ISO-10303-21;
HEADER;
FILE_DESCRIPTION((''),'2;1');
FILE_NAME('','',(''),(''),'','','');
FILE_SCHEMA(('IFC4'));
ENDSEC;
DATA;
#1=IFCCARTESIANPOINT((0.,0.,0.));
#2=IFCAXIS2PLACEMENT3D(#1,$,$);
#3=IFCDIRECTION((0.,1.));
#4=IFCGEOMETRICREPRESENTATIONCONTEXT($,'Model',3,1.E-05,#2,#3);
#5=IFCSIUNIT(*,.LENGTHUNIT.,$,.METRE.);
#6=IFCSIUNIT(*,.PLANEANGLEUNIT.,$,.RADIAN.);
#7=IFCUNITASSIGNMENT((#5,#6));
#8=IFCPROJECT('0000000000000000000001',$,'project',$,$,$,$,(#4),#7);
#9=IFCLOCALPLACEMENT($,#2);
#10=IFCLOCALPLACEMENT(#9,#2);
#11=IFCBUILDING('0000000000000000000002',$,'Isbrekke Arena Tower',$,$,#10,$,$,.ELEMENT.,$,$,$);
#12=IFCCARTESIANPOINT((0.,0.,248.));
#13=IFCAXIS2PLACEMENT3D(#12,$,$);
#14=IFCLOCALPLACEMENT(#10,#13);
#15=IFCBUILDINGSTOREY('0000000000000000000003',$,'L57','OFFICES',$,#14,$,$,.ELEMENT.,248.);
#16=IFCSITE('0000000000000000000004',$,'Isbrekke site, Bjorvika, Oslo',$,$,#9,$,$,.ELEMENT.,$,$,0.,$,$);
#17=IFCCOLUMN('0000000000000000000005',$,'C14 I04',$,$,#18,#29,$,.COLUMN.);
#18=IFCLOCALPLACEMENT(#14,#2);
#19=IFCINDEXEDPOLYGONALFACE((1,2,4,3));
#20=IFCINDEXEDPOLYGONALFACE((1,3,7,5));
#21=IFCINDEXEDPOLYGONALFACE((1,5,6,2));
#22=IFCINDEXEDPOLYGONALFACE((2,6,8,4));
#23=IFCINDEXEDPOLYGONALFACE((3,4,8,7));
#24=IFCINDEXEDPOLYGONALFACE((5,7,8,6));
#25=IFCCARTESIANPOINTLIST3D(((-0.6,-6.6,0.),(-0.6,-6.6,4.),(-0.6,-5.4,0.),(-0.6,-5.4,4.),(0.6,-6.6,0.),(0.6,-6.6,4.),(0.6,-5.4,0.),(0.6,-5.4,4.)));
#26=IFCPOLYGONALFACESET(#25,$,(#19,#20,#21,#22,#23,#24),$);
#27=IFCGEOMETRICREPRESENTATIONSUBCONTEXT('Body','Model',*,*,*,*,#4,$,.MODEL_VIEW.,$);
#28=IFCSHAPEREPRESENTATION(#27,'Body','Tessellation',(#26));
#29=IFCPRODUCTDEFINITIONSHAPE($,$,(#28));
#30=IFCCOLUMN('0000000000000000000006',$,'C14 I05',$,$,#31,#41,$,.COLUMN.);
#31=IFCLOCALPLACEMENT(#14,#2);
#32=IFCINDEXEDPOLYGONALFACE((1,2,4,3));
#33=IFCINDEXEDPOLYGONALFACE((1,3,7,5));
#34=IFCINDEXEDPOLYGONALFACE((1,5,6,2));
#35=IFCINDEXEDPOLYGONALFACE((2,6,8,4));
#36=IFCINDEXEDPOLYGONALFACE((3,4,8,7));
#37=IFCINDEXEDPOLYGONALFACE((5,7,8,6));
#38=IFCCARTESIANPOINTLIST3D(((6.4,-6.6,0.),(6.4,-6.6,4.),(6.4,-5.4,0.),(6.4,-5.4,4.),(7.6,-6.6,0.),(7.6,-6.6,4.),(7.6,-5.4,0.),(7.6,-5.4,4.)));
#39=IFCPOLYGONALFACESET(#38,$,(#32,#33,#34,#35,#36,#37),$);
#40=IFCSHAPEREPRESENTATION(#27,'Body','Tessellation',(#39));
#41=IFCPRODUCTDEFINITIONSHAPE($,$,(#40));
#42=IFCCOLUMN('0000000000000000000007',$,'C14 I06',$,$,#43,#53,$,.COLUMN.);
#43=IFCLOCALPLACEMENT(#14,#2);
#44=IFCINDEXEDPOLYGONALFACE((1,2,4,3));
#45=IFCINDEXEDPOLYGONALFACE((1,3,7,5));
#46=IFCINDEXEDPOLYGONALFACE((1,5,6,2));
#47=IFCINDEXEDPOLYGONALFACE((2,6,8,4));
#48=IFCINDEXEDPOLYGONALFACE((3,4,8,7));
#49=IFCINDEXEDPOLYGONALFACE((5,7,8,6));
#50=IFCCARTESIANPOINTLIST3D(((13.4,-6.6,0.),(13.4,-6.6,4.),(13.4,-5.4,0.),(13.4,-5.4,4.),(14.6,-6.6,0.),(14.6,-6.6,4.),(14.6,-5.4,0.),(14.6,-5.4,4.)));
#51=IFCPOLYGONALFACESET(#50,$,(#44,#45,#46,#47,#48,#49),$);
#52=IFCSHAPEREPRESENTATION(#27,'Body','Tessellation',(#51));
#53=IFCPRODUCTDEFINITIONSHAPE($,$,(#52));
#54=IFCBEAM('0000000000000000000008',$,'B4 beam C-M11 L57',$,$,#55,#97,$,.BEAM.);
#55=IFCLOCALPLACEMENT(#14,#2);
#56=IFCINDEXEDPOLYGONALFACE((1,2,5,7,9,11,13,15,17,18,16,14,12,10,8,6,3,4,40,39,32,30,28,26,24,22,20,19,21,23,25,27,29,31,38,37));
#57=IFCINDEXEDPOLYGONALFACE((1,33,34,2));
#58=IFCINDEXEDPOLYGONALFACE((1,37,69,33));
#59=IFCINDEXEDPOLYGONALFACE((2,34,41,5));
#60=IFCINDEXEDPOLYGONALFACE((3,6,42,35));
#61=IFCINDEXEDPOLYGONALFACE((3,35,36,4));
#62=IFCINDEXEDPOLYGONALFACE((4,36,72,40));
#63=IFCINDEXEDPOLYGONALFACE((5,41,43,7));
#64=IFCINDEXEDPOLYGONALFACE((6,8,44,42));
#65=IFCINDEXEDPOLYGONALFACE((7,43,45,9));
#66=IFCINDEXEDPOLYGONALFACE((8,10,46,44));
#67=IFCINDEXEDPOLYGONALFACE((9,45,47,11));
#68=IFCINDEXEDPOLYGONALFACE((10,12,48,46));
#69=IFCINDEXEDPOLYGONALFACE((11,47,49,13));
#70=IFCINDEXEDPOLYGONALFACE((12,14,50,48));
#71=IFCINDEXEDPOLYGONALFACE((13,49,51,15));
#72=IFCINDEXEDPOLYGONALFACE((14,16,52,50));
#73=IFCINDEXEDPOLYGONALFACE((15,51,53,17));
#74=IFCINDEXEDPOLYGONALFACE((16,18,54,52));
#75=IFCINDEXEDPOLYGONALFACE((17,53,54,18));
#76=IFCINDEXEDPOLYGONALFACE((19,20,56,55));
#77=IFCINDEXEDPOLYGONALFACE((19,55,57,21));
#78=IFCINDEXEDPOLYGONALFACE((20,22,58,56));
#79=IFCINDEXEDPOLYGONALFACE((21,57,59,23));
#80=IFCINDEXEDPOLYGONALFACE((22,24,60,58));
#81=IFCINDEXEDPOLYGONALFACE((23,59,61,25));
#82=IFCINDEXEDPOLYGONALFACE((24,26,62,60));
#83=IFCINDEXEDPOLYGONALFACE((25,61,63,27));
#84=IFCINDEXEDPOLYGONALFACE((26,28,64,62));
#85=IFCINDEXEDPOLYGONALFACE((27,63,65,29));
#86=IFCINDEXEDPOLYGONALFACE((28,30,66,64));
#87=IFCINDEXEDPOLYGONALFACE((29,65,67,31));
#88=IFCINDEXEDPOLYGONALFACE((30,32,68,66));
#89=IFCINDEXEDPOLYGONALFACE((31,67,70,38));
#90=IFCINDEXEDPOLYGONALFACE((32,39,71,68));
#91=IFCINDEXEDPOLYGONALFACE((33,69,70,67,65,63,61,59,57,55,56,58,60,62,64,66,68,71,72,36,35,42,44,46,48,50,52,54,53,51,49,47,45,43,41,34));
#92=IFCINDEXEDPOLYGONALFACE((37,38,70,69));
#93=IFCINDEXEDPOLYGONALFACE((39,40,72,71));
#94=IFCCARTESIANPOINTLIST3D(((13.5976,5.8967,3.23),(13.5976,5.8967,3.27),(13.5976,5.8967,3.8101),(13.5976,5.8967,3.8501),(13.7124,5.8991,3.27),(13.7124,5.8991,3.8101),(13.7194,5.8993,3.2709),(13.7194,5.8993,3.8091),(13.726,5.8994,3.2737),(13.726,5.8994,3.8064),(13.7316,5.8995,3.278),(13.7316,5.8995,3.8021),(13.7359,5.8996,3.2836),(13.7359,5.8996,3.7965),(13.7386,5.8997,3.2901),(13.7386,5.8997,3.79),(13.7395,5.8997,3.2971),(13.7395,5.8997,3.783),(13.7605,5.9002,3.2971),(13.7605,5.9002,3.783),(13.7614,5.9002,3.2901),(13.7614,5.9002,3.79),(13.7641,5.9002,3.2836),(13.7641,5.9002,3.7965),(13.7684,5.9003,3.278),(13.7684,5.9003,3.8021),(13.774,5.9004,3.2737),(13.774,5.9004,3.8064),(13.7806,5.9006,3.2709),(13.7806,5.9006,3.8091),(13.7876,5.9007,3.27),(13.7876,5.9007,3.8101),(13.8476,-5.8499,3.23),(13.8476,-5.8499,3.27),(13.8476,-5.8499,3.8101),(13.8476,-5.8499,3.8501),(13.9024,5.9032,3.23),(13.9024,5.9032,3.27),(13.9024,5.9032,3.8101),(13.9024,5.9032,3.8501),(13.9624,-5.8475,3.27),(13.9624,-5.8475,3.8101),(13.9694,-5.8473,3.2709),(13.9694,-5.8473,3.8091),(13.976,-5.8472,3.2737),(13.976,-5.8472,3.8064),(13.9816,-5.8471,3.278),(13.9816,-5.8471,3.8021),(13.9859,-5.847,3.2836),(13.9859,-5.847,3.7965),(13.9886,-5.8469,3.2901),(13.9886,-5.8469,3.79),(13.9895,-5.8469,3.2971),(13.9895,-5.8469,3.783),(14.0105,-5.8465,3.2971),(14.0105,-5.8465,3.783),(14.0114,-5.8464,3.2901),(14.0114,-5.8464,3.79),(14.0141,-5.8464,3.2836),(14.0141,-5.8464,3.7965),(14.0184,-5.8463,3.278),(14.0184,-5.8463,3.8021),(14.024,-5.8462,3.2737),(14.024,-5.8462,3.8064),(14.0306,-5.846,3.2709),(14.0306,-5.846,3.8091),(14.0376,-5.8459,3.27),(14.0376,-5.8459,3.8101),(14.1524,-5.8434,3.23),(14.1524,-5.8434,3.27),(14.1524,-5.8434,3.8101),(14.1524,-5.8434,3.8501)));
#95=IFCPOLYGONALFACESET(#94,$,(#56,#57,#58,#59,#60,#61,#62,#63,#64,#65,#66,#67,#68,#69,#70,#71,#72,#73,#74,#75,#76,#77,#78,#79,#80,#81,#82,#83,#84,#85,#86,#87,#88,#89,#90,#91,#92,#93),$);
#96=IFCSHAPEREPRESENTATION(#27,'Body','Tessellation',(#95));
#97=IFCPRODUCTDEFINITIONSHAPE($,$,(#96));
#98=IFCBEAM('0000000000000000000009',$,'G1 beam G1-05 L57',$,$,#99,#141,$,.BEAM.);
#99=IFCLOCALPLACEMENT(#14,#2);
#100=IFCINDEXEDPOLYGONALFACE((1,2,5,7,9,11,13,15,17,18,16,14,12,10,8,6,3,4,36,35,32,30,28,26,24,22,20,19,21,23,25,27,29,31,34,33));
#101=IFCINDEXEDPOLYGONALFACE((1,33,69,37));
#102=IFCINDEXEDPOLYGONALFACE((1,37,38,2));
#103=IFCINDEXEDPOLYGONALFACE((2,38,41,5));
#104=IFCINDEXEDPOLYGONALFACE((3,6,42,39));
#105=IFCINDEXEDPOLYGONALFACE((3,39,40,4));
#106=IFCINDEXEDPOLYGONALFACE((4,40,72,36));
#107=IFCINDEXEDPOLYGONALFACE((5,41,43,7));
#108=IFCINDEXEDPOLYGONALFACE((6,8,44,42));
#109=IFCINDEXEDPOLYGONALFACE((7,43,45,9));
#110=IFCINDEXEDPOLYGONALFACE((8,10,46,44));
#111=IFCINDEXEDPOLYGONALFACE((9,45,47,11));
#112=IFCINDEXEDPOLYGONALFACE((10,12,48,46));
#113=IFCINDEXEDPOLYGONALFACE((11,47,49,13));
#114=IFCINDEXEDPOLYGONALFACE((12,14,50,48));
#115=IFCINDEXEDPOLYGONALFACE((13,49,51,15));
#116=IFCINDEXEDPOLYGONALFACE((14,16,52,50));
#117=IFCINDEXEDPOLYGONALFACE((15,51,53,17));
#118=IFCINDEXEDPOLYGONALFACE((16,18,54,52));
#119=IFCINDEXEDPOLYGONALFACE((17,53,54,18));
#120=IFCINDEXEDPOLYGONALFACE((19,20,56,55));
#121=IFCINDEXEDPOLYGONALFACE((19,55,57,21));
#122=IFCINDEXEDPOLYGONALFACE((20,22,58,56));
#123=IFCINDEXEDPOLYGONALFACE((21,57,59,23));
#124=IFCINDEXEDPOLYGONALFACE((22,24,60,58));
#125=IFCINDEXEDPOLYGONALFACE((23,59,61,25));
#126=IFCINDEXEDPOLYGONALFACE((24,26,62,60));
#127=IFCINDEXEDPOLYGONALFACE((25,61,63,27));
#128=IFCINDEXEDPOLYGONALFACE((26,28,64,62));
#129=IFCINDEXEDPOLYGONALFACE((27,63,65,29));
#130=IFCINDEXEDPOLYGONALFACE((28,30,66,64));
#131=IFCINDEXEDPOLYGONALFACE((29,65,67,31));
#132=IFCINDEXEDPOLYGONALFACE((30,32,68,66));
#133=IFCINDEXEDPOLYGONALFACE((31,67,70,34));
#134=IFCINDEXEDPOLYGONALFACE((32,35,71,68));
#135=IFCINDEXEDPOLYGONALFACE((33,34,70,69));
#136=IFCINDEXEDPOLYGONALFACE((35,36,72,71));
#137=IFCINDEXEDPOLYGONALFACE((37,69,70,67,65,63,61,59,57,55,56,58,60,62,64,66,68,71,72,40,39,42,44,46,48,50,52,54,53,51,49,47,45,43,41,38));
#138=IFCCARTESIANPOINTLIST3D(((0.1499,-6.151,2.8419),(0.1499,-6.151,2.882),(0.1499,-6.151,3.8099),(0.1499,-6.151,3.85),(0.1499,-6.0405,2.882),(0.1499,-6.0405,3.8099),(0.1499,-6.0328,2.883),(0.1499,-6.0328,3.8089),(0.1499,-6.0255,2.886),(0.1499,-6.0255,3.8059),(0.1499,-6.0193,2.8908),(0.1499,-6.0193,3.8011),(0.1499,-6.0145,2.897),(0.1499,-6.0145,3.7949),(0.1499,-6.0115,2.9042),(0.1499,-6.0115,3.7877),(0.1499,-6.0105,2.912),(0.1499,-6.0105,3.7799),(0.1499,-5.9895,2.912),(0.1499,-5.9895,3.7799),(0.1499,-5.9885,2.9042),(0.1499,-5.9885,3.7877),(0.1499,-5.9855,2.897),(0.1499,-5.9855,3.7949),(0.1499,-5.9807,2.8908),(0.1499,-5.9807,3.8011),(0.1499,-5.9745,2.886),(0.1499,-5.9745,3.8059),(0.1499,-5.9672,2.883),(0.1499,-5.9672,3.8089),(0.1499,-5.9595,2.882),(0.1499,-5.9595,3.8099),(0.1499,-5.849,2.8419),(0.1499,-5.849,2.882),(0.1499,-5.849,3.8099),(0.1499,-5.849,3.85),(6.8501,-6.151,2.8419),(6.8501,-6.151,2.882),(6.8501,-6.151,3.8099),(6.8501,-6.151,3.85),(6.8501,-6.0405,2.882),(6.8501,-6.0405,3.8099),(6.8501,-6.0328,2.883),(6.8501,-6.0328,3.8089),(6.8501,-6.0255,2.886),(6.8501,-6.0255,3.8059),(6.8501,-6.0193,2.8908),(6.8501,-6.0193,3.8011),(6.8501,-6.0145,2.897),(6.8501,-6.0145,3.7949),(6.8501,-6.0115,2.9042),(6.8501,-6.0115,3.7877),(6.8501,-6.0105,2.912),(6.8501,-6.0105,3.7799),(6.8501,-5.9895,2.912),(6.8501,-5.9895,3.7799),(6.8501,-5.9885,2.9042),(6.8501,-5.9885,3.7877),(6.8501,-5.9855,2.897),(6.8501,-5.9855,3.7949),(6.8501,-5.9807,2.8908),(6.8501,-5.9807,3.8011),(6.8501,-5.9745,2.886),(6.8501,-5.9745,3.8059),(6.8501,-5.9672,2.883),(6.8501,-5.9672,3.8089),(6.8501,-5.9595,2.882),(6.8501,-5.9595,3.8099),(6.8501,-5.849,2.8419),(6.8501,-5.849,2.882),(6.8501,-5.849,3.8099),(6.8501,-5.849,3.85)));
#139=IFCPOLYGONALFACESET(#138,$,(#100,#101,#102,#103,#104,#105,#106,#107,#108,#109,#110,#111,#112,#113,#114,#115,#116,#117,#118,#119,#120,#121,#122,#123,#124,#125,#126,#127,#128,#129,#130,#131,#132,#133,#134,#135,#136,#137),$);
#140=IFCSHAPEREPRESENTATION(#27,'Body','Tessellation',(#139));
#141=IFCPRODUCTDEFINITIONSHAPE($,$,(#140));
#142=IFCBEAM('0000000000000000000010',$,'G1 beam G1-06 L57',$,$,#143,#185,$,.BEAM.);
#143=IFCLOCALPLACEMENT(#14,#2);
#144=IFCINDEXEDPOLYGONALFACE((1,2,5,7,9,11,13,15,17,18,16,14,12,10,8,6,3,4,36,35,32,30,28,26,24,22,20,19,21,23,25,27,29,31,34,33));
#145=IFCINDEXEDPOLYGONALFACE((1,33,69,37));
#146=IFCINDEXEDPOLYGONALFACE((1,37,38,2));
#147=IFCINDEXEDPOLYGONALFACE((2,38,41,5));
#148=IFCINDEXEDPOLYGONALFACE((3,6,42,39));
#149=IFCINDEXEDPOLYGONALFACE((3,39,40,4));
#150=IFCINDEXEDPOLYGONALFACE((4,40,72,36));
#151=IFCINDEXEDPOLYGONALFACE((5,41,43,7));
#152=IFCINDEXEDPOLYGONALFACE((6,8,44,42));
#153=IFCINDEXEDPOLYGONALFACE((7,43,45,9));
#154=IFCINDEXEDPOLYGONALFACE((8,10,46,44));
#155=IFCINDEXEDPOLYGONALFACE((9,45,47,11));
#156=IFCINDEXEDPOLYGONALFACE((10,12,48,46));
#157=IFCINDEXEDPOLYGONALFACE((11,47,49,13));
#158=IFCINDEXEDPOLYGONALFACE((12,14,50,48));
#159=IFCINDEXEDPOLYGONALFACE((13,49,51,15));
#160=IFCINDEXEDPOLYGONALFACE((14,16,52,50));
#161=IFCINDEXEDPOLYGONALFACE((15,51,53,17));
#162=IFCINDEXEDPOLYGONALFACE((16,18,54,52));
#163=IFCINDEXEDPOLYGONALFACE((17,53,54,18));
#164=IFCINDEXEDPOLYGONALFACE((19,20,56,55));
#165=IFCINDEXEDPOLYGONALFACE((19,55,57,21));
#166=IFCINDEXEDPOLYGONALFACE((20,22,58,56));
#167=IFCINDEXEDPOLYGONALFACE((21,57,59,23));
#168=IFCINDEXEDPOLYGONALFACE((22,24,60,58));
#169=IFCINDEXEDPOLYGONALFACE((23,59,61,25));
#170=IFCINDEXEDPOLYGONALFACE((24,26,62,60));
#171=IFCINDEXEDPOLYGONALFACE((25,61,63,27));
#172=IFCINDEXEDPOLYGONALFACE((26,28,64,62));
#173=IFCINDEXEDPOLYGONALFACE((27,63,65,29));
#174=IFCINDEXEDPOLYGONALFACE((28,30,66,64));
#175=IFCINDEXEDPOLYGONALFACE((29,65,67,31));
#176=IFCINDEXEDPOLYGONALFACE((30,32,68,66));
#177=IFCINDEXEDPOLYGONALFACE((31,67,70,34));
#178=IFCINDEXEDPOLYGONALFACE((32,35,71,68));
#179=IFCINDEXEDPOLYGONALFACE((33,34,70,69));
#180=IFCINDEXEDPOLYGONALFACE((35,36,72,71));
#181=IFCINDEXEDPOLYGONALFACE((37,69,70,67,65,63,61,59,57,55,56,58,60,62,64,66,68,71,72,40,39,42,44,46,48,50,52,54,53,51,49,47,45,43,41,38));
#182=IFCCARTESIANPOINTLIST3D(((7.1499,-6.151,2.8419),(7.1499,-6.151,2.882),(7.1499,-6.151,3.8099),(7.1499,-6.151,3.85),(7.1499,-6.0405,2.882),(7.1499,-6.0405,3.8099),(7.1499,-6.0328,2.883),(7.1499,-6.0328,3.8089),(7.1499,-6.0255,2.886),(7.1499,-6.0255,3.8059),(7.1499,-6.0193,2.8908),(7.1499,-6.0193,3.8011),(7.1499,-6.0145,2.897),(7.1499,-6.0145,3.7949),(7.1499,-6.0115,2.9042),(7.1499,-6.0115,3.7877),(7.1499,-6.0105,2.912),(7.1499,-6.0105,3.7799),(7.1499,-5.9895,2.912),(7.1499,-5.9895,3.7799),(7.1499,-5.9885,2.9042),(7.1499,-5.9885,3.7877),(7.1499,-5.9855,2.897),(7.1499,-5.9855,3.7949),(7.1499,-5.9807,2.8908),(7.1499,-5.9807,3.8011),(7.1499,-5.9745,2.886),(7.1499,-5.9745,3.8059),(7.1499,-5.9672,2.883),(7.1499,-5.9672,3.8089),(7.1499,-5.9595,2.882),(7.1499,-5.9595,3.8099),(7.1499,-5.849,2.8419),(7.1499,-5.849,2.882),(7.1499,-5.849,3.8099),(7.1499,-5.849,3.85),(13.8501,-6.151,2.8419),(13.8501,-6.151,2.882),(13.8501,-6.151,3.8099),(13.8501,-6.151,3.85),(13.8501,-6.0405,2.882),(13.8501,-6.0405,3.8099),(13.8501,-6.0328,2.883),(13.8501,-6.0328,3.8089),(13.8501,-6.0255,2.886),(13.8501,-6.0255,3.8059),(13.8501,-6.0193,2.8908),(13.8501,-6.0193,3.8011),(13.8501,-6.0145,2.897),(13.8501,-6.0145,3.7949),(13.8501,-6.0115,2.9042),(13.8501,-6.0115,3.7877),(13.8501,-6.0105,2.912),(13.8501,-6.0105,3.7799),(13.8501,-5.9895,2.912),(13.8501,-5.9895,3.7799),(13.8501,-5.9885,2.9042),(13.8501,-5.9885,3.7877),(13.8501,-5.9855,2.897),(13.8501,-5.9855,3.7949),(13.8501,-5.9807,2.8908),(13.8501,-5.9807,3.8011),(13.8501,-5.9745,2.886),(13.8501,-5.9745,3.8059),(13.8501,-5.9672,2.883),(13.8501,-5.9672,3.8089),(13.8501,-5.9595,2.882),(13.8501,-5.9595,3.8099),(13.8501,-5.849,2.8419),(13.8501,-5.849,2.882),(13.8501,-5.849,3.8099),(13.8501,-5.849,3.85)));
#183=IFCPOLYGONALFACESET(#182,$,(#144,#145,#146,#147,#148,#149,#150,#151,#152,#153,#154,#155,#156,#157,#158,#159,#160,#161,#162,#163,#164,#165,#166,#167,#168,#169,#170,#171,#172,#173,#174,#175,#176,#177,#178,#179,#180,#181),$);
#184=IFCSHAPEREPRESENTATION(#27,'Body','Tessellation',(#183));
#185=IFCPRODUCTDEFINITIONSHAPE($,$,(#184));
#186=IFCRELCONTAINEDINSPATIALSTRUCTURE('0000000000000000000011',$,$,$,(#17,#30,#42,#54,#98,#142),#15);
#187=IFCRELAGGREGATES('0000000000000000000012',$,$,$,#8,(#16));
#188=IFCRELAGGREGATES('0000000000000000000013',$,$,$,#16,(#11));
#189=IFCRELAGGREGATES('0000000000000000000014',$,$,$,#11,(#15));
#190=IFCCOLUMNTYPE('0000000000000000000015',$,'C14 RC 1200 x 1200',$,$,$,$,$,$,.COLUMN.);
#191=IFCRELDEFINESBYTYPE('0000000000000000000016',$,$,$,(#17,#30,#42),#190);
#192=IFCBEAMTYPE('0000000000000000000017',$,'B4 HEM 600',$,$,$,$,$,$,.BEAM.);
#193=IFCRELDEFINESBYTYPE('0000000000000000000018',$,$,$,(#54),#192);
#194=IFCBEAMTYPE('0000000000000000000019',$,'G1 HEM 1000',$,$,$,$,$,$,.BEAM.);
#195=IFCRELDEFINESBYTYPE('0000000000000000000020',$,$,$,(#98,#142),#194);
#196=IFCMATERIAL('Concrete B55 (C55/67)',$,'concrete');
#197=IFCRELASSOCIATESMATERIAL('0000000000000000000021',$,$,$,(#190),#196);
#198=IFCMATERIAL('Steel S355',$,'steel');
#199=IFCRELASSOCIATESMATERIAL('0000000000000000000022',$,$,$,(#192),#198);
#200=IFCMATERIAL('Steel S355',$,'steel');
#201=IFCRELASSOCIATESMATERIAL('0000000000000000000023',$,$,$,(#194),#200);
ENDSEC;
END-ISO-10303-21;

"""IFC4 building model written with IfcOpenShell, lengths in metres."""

from ifc_helpers import new_model, si_unit, direction, frame, origin, origin_2d, place, context, subcontext, project, spatial, rectangle, i_section, extrude, material, material_profile, profile_set, type_object, element, save


model = new_model("IFC4")

# Units and contexts
model_context = context("Model", 3, precision=1e-05, world=origin(), true_north=direction((0.0, 1.0)))
body_context = subcontext(model_context, "Body", "Model", "MODEL_VIEW")
ifc_project = project(units=[si_unit("LENGTHUNIT", "METRE"), si_unit("PLANEANGLEUNIT", "RADIAN")], contexts=[model_context])

# Site, building, storey
site_placement = place(None, origin())
site = spatial("IfcSite", under=ifc_project, at=site_placement, Name="Isbrekke site, Bjorvika, Oslo", CompositionType="ELEMENT", RefElevation=0.0)
building_placement = place(site_placement, origin())
building = spatial("IfcBuilding", under=site, at=building_placement, Name="Isbrekke Arena Tower", CompositionType="ELEMENT")
storey_placement = place(building_placement, frame((0.0, 0.0, 248.0)))
storey = spatial("IfcBuildingStorey", under=building, at=storey_placement, Name="L57", Description="OFFICES", CompositionType="ELEMENT", Elevation=248.0)

# Columns
ifc_material_1 = material(Name="Concrete B55 (C55/67)", Category="concrete")
ifc_material_profile_1 = material_profile(ifc_material_1, rectangle(XDim=1.2, YDim=1.2, at=origin_2d()), Name="RC 1200x1200")
ifc_profile_set_1 = profile_set([ifc_material_profile_1], Name="Concrete B55 (C55/67)")
column_type = type_object("IfcColumnType", Name="C14 RC 1200 x 1200", PredefinedType="COLUMN", material=ifc_profile_set_1)
for number, where, z_axis, x_axis, name in (
    (1, (0.0, -6.0, 0.0), (0.0, 0.0, 1.0), (1.0, 0.0, 0.0), "C14 I04"),
    (2, (7.0, -6.0, 0.0), (0.0, 0.0, 1.0), (1.0, 0.0, 0.0), "C14 I05"),
    (3, (14.0, -6.0, 0.0), (0.0, 0.0, 1.0), (1.0, 0.0, 0.0), "C14 I06"),
):
    element("IfcColumn", number, at=place(storey_placement, frame(where, z_axis=z_axis, x_axis=x_axis)), inside=storey, type_object=column_type, Name=name, PredefinedType="COLUMN", context=body_context, shape_type="SweptSolid", body=[
        extrude(rectangle(XDim=1.2, YDim=1.2, at=origin_2d()), origin(), (0.0, 0.0, 1.0), 4.0),
    ])

# Beams
ifc_material_2 = material(Name="Steel S355", Category="steel")
ifc_material_profile_2 = material_profile(ifc_material_2, i_section(OverallWidth=0.3049, OverallDepth=0.6201, WebThickness=0.021, FlangeThickness=0.04, FilletRadius=0.0271, at=origin_2d()), Name="HEM 600")
ifc_profile_set_2 = profile_set([ifc_material_profile_2], Name="Steel S355")
beam_type_1 = type_object("IfcBeamType", Name="B4 HEM 600", PredefinedType="BEAM", material=ifc_profile_set_2)
beam_placement = place(storey_placement, frame((14.0, -5.8467, 3.54), z_axis=(-0.021278, 0.999774, 0.0), x_axis=(-0.999774, -0.021278, 0.0)))
element("IfcBeam", 4, at=beam_placement, inside=storey, type_object=beam_type_1, Name="B4 beam C-M11 L57", PredefinedType="BEAM", context=body_context, shape_type="SweptSolid", body=[
    extrude(i_section(OverallWidth=0.3049, OverallDepth=0.6201, WebThickness=0.021, FlangeThickness=0.04, FilletRadius=0.0271, at=origin_2d()), origin(), (0.0, 0.0, 1.0), 11.7493),
])
ifc_material_3 = material(Name="Steel S355", Category="steel")
ifc_material_profile_3 = material_profile(ifc_material_3, i_section(OverallWidth=0.302, OverallDepth=1.0081, WebThickness=0.021, FlangeThickness=0.04, FilletRadius=0.03, at=origin_2d()), Name="HEM 1000")
ifc_profile_set_3 = profile_set([ifc_material_profile_3], Name="Steel S355")
beam_type_2 = type_object("IfcBeamType", Name="G1 HEM 1000", PredefinedType="BEAM", material=ifc_profile_set_3)
for number, where, z_axis, x_axis, name in (
    (5, (0.1499, -6.0, 3.3459), (1.0, 0.0, 0.0), (0.0, 1.0, 0.0), "G1 beam G1-05 L57"),
    (6, (7.1499, -6.0, 3.3459), (1.0, 0.0, 0.0), (0.0, 1.0, 0.0), "G1 beam G1-06 L57"),
):
    element("IfcBeam", number, at=place(storey_placement, frame(where, z_axis=z_axis, x_axis=x_axis)), inside=storey, type_object=beam_type_2, Name=name, PredefinedType="BEAM", context=body_context, shape_type="SweptSolid", body=[
        extrude(i_section(OverallWidth=0.302, OverallDepth=1.0081, WebThickness=0.021, FlangeThickness=0.04, FilletRadius=0.03, at=origin_2d()), origin(), (0.0, 0.0, 1.0), 6.7002),
    ])

save(model, "model.ifc")
